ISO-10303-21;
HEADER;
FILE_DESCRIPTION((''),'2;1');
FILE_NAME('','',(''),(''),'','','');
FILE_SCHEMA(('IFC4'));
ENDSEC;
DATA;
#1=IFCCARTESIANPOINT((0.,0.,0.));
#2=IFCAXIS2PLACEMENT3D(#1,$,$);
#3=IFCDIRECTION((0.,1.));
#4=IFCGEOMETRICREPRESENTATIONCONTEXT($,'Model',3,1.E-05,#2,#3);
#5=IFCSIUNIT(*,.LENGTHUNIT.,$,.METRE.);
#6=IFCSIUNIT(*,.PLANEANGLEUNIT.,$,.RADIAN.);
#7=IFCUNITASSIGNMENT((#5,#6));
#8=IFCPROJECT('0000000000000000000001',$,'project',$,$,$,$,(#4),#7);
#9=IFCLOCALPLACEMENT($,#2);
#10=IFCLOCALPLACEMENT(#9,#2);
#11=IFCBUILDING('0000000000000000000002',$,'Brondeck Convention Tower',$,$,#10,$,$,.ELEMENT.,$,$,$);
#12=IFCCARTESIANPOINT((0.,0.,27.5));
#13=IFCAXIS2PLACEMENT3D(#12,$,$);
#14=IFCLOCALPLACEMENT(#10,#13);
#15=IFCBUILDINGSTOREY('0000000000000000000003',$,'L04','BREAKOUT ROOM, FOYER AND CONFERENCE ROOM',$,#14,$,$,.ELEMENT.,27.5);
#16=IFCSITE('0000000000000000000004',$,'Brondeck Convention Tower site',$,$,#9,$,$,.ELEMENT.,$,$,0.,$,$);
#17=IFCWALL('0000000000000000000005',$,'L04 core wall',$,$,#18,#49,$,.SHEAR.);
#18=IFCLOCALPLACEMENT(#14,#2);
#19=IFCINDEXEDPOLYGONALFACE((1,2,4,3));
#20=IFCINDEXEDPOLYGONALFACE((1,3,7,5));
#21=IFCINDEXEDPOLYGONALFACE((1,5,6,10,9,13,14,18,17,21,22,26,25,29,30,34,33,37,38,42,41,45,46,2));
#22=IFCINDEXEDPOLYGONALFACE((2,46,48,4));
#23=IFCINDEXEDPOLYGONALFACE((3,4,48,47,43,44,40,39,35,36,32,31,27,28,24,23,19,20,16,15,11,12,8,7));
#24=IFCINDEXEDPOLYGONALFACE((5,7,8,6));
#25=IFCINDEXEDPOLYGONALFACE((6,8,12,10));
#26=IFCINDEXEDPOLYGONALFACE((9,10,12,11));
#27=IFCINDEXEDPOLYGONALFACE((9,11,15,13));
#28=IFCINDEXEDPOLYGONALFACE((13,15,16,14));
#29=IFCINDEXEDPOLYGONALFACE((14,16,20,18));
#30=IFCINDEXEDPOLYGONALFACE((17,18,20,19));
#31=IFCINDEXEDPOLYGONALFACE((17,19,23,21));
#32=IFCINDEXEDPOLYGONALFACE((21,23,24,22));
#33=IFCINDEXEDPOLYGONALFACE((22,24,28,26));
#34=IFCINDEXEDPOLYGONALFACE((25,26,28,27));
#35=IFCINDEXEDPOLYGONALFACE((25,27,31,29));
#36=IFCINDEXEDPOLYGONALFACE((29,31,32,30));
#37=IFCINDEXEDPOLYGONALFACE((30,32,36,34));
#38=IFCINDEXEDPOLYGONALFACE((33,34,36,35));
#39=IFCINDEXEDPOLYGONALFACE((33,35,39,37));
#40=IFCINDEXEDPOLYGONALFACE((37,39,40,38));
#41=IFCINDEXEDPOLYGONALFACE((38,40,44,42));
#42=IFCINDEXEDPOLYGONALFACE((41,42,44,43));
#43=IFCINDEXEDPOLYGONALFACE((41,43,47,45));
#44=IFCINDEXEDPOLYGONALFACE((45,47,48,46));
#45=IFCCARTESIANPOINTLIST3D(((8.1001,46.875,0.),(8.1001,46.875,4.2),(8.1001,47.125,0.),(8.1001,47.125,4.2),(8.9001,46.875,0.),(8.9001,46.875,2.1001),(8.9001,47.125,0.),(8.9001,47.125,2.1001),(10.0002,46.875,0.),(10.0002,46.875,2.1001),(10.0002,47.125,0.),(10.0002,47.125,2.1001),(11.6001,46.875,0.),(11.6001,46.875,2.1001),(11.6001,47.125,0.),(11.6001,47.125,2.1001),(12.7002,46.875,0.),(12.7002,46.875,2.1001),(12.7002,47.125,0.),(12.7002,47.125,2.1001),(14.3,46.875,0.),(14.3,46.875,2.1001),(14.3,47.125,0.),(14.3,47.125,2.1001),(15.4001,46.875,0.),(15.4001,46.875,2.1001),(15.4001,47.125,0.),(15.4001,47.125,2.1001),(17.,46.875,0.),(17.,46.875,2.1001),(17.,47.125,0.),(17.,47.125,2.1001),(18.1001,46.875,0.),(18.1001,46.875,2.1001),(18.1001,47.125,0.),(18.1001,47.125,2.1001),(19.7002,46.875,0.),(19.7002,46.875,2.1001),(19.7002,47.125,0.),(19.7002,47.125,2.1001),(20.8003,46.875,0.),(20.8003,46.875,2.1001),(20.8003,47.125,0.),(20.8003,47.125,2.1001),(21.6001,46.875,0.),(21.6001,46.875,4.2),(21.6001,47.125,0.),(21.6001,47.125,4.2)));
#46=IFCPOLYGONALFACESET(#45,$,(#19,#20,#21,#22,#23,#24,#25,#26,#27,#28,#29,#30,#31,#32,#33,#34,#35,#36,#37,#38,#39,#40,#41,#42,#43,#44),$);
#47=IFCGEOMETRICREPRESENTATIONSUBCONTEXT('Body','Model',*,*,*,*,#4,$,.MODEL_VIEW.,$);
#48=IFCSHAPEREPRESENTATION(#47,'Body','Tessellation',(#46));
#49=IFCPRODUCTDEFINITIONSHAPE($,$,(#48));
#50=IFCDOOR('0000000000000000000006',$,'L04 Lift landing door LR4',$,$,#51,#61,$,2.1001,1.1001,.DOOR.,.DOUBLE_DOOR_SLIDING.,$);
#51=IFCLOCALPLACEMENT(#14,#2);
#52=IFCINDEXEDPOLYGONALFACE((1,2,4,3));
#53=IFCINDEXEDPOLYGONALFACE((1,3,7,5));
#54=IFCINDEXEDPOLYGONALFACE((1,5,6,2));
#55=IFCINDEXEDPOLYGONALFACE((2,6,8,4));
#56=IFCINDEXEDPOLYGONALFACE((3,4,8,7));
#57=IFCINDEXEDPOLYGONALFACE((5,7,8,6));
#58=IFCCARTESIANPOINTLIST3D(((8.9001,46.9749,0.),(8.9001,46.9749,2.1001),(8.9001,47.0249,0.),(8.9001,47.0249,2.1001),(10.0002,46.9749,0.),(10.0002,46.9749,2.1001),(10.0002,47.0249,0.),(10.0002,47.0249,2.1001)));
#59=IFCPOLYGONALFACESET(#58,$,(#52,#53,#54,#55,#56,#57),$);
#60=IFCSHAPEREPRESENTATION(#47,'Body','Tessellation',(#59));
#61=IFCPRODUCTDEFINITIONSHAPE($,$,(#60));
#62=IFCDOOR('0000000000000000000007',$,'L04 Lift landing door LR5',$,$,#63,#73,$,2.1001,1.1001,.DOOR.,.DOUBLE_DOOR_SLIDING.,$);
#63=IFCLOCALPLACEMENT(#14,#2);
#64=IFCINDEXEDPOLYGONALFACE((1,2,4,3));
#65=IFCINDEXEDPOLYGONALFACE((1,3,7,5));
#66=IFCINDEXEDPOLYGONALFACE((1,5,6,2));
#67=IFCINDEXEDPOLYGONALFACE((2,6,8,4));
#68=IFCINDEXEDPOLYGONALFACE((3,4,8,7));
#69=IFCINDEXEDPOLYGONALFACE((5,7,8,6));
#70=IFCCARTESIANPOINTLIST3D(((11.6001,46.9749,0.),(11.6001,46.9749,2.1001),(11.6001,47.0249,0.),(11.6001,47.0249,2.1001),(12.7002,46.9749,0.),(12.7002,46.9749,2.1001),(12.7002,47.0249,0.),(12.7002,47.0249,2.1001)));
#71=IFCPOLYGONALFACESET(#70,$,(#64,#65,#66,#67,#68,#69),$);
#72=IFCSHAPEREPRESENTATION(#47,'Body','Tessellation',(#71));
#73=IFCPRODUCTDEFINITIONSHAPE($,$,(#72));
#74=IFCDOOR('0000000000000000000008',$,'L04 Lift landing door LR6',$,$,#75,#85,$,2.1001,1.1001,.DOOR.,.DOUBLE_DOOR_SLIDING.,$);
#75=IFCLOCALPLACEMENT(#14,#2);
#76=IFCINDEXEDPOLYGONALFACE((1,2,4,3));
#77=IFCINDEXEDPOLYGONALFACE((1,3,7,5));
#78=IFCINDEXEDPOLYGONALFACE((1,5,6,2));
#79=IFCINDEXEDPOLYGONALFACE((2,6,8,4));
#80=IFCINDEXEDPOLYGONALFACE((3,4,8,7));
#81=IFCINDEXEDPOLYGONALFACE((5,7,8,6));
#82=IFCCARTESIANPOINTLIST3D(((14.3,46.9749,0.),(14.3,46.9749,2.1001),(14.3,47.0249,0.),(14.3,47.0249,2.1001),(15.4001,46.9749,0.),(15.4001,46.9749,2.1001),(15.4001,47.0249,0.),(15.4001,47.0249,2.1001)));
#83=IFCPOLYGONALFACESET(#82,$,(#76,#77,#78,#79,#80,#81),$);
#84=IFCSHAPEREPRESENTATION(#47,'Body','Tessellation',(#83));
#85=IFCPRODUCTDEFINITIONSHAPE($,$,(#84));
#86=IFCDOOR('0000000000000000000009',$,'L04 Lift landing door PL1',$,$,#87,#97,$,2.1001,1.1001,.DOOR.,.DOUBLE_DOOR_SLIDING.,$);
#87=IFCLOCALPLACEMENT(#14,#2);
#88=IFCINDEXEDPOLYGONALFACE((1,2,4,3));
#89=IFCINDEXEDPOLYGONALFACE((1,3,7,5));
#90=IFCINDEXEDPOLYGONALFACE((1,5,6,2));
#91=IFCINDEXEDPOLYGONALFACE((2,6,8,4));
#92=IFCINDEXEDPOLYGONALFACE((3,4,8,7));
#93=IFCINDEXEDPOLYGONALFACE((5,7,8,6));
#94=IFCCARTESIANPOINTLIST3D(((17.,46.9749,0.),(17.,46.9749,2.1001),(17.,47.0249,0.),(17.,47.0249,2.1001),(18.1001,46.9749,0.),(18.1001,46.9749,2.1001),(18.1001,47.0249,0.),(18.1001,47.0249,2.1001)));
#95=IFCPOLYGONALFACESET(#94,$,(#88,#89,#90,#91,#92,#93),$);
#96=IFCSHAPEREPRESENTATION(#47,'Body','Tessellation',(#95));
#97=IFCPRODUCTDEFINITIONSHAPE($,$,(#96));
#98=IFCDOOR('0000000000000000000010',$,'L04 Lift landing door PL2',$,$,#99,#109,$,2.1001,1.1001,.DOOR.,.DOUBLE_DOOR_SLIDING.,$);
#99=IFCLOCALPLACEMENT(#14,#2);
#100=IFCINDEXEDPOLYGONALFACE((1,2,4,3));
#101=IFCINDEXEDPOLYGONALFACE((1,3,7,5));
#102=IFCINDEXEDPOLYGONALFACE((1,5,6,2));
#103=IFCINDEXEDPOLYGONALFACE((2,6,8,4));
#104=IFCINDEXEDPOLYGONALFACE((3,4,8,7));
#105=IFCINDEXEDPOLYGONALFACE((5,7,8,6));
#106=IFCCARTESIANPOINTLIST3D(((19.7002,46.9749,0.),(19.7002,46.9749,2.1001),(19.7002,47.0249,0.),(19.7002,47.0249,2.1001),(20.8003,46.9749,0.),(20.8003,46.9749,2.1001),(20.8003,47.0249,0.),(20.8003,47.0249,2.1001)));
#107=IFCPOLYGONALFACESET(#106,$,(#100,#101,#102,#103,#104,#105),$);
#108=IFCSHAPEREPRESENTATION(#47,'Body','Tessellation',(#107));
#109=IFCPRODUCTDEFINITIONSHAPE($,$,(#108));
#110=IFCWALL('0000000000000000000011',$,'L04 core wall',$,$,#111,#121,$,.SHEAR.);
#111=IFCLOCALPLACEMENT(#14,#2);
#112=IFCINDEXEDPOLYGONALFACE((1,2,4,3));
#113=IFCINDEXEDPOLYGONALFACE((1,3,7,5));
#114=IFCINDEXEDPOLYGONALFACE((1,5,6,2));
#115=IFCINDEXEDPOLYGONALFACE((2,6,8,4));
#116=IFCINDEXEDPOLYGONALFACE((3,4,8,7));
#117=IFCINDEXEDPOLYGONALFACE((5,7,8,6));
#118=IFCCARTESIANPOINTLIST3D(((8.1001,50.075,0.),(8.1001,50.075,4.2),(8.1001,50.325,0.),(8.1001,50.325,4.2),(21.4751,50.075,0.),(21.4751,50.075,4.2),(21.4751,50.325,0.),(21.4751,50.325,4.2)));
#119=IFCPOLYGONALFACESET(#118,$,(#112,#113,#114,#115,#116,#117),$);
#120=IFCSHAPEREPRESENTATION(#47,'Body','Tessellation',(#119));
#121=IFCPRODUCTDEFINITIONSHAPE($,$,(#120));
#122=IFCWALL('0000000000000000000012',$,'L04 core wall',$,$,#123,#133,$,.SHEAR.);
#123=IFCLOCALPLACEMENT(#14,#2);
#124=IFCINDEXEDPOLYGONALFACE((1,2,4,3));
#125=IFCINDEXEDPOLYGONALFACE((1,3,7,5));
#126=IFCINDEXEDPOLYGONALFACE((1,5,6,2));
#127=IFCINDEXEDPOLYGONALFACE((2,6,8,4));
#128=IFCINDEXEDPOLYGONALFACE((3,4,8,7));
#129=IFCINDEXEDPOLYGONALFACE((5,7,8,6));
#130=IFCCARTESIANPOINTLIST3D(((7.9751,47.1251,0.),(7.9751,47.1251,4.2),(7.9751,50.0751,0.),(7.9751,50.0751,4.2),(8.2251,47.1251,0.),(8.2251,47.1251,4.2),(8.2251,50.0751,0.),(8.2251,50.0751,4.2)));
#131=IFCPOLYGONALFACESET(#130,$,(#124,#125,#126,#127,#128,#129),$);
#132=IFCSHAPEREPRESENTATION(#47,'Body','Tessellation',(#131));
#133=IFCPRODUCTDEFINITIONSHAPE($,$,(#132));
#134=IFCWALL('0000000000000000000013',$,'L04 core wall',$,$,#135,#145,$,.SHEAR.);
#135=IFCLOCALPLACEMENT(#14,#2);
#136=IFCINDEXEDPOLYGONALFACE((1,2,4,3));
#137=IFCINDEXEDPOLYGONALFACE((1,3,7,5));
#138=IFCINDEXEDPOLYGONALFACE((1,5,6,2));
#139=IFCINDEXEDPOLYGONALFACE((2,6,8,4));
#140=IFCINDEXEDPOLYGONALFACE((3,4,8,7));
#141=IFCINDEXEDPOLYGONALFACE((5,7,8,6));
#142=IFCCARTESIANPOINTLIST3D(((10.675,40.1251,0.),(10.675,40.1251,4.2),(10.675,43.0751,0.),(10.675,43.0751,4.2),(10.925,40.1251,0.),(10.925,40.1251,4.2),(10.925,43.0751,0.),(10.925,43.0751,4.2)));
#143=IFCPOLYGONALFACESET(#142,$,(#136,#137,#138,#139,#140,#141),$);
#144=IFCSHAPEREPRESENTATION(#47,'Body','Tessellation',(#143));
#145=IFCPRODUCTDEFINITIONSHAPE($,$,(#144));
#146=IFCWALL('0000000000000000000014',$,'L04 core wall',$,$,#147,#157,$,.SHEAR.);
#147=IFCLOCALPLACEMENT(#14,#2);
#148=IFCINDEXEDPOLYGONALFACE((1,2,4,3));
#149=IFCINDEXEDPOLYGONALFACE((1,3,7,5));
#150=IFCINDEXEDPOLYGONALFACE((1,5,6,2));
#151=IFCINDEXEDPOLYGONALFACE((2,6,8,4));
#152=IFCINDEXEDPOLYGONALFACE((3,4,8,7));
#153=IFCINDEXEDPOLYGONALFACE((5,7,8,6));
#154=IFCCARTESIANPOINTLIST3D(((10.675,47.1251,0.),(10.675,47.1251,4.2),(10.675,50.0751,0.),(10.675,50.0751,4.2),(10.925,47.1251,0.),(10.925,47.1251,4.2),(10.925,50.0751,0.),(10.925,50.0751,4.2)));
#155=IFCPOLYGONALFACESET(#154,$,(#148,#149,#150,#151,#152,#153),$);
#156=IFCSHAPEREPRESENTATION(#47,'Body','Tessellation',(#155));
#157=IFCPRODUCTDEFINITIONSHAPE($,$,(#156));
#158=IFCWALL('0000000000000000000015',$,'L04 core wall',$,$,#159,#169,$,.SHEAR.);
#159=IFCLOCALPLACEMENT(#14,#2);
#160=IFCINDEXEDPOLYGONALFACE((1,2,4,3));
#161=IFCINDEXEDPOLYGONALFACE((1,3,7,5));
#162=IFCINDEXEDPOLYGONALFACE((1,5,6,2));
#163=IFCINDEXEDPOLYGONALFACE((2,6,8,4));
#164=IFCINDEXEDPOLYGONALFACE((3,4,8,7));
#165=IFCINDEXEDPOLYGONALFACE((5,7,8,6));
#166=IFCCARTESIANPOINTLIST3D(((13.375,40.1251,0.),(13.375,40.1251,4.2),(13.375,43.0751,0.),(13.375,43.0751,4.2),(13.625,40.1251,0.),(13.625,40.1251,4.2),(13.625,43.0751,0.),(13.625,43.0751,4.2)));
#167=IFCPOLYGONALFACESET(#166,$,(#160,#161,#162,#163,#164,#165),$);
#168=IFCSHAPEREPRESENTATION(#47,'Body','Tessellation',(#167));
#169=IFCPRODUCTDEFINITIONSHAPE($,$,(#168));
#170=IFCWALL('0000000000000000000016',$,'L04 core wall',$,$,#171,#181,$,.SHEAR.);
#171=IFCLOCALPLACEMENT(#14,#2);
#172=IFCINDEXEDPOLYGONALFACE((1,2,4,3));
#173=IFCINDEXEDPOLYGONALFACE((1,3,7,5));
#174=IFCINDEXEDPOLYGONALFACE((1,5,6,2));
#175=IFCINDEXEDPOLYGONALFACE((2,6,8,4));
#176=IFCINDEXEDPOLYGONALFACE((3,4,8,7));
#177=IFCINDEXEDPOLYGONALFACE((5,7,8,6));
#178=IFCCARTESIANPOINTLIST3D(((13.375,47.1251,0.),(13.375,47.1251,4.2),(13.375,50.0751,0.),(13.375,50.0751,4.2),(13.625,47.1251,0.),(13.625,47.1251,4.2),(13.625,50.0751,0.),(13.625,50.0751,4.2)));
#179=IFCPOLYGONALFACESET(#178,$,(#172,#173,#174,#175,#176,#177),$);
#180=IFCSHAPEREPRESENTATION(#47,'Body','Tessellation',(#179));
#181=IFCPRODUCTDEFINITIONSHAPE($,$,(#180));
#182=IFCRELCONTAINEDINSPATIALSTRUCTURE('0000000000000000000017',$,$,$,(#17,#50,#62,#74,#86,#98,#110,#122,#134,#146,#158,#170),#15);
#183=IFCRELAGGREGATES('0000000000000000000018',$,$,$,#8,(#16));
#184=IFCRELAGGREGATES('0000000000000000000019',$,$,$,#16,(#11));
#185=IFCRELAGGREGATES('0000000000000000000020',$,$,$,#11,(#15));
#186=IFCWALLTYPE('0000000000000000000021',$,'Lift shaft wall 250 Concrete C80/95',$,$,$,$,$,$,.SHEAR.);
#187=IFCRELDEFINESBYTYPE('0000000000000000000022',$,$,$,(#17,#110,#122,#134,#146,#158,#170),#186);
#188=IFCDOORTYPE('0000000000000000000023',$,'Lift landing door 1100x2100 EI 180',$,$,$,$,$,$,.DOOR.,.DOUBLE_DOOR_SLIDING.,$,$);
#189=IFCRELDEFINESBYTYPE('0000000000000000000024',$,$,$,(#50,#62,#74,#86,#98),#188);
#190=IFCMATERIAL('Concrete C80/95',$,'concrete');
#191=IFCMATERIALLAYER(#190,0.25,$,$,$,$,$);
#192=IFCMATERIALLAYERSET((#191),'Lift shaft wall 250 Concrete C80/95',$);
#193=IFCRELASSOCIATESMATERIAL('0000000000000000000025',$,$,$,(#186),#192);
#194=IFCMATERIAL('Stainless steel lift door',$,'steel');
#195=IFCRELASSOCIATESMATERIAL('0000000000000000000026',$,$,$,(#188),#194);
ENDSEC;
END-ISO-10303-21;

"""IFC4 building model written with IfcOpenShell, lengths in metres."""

from ifc_helpers import new_model, si_unit, direction, frame, frame_2d, origin, place, context, subcontext, project, spatial, rectangle, extrude, material, layer, layer_set, type_object, element, fill, save


model = new_model("IFC4")

# Units and contexts
model_context = context("Model", 3, precision=1e-05, world=origin(), true_north=direction((0.0, 1.0)))
body_context = subcontext(model_context, "Body", "Model", "MODEL_VIEW")
ifc_project = project(units=[si_unit("LENGTHUNIT", "METRE"), si_unit("PLANEANGLEUNIT", "RADIAN")], contexts=[model_context])

# Site, building, storey
site_placement = place(None, origin())
site = spatial("IfcSite", under=ifc_project, at=site_placement, Name="Brondeck Convention Tower site", CompositionType="ELEMENT", RefElevation=0.0)
building_placement = place(site_placement, origin())
building = spatial("IfcBuilding", under=site, at=building_placement, Name="Brondeck Convention Tower", CompositionType="ELEMENT")
storey_placement = place(building_placement, frame((0.0, 0.0, 27.5)))
storey = spatial("IfcBuildingStorey", under=building, at=storey_placement, Name="L04", Description="BREAKOUT ROOM, FOYER AND CONFERENCE ROOM", CompositionType="ELEMENT", Elevation=27.5)

# Wall, openings, doors
ifc_material_1 = material(Name="Concrete C80/95", Category="concrete")
ifc_layer_1 = layer(ifc_material_1, 0.25)
ifc_layer_set_1 = layer_set([ifc_layer_1], Name="Lift shaft wall 250 Concrete C80/95")
wall_type_1 = type_object("IfcWallType", Name="Lift shaft wall 250 Concrete C80/95", PredefinedType="SHEAR", material=ifc_layer_set_1)
ifc_material_2 = material(Name="Stainless steel lift door", Category="steel")
door_type_1 = type_object("IfcDoorType", Name="Lift landing door 1100x2100 EI 180", OperationType="DOUBLE_DOOR_SLIDING", PredefinedType="DOOR", material=ifc_material_2)
wall_1_placement = place(storey_placement, frame((8.1001, 47.0, 0.0), z_axis=(0.0, 0.0, 1.0), x_axis=(1.0, 0.0, 0.0)))
wall_1 = element("IfcWall", 1, at=wall_1_placement, inside=storey, type_object=wall_type_1, Name="L04 core wall", PredefinedType="SHEAR", context=body_context, shape_type="SweptSolid", body=[
    extrude(rectangle(XDim=13.5, YDim=0.25, at=frame_2d((6.75, 0.0))), origin(), (0.0, 0.0, 1.0), 4.2),
])
opening_1_placement = place(wall_1_placement, frame((0.8, 0.0, 0.0)))
opening_1 = element("IfcOpeningElement", 2, at=opening_1_placement, cuts=wall_1, PredefinedType="OPENING", context=body_context, shape_type="SweptSolid", body=[
    extrude(rectangle(XDim=1.1001, YDim=2.1001, at=frame_2d((0.55, 1.05))), frame((0.0, 0.135, 0.0), z_axis=(0.0, -1.0, 0.0), x_axis=(1.0, 0.0, 0.0)), (0.0, 0.0, 1.0), 0.27),
])
opening_2_placement = place(wall_1_placement, frame((3.5, 0.0, 0.0)))
opening_2 = element("IfcOpeningElement", 3, at=opening_2_placement, cuts=wall_1, PredefinedType="OPENING", context=body_context, shape_type="SweptSolid", body=[
    extrude(rectangle(XDim=1.1001, YDim=2.1001, at=frame_2d((0.55, 1.05))), frame((0.0, 0.135, 0.0), z_axis=(0.0, -1.0, 0.0), x_axis=(1.0, 0.0, 0.0)), (0.0, 0.0, 1.0), 0.27),
])
opening_3_placement = place(wall_1_placement, frame((6.2, 0.0, 0.0)))
opening_3 = element("IfcOpeningElement", 4, at=opening_3_placement, cuts=wall_1, PredefinedType="OPENING", context=body_context, shape_type="SweptSolid", body=[
    extrude(rectangle(XDim=1.1001, YDim=2.1001, at=frame_2d((0.55, 1.05))), frame((0.0, 0.135, 0.0), z_axis=(0.0, -1.0, 0.0), x_axis=(1.0, 0.0, 0.0)), (0.0, 0.0, 1.0), 0.27),
])
opening_4_placement = place(wall_1_placement, frame((8.8999, 0.0, 0.0)))
opening_4 = element("IfcOpeningElement", 5, at=opening_4_placement, cuts=wall_1, PredefinedType="OPENING", context=body_context, shape_type="SweptSolid", body=[
    extrude(rectangle(XDim=1.1001, YDim=2.1001, at=frame_2d((0.55, 1.05))), frame((0.0, 0.135, 0.0), z_axis=(0.0, -1.0, 0.0), x_axis=(1.0, 0.0, 0.0)), (0.0, 0.0, 1.0), 0.27),
])
opening_5_placement = place(wall_1_placement, frame((11.6001, 0.0, 0.0)))
opening_5 = element("IfcOpeningElement", 6, at=opening_5_placement, cuts=wall_1, PredefinedType="OPENING", context=body_context, shape_type="SweptSolid", body=[
    extrude(rectangle(XDim=1.1001, YDim=2.1001, at=frame_2d((0.55, 1.05))), frame((0.0, 0.135, 0.0), z_axis=(0.0, -1.0, 0.0), x_axis=(1.0, 0.0, 0.0)), (0.0, 0.0, 1.0), 0.27),
])
door_1_placement = place(opening_1_placement, origin())
door_1 = element("IfcDoor", 7, at=door_1_placement, inside=storey, type_object=door_type_1, Name="L04 Lift landing door LR4", OperationType="DOUBLE_DOOR_SLIDING", OverallHeight=2.1001, OverallWidth=1.1001, PredefinedType="DOOR", context=body_context, shape_type="SweptSolid", body=[
    extrude(rectangle(XDim=1.1001, YDim=2.1001, at=frame_2d((0.55, 1.05))), frame((0.0, 0.0249, 0.0), z_axis=(0.0, -1.0, 0.0), x_axis=(1.0, 0.0, 0.0)), (0.0, 0.0, 1.0), 0.05),
])
fill(opening_1, door_1)
door_2_placement = place(opening_2_placement, origin())
door_2 = element("IfcDoor", 8, at=door_2_placement, inside=storey, type_object=door_type_1, Name="L04 Lift landing door LR5", OperationType="DOUBLE_DOOR_SLIDING", OverallHeight=2.1001, OverallWidth=1.1001, PredefinedType="DOOR", context=body_context, shape_type="SweptSolid", body=[
    extrude(rectangle(XDim=1.1001, YDim=2.1001, at=frame_2d((0.55, 1.05))), frame((0.0, 0.0249, 0.0), z_axis=(0.0, -1.0, 0.0), x_axis=(1.0, 0.0, 0.0)), (0.0, 0.0, 1.0), 0.05),
])
fill(opening_2, door_2)
door_3_placement = place(opening_3_placement, origin())
door_3 = element("IfcDoor", 9, at=door_3_placement, inside=storey, type_object=door_type_1, Name="L04 Lift landing door LR6", OperationType="DOUBLE_DOOR_SLIDING", OverallHeight=2.1001, OverallWidth=1.1001, PredefinedType="DOOR", context=body_context, shape_type="SweptSolid", body=[
    extrude(rectangle(XDim=1.1001, YDim=2.1001, at=frame_2d((0.55, 1.05))), frame((0.0, 0.0249, 0.0), z_axis=(0.0, -1.0, 0.0), x_axis=(1.0, 0.0, 0.0)), (0.0, 0.0, 1.0), 0.05),
])
fill(opening_3, door_3)
door_4_placement = place(opening_4_placement, origin())
door_4 = element("IfcDoor", 10, at=door_4_placement, inside=storey, type_object=door_type_1, Name="L04 Lift landing door PL1", OperationType="DOUBLE_DOOR_SLIDING", OverallHeight=2.1001, OverallWidth=1.1001, PredefinedType="DOOR", context=body_context, shape_type="SweptSolid", body=[
    extrude(rectangle(XDim=1.1001, YDim=2.1001, at=frame_2d((0.55, 1.05))), frame((0.0, 0.0249, 0.0), z_axis=(0.0, -1.0, 0.0), x_axis=(1.0, 0.0, 0.0)), (0.0, 0.0, 1.0), 0.05),
])
fill(opening_4, door_4)
door_5_placement = place(opening_5_placement, origin())
door_5 = element("IfcDoor", 11, at=door_5_placement, inside=storey, type_object=door_type_1, Name="L04 Lift landing door PL2", OperationType="DOUBLE_DOOR_SLIDING", OverallHeight=2.1001, OverallWidth=1.1001, PredefinedType="DOOR", context=body_context, shape_type="SweptSolid", body=[
    extrude(rectangle(XDim=1.1001, YDim=2.1001, at=frame_2d((0.55, 1.05))), frame((0.0, 0.0249, 0.0), z_axis=(0.0, -1.0, 0.0), x_axis=(1.0, 0.0, 0.0)), (0.0, 0.0, 1.0), 0.05),
])
fill(opening_5, door_5)

# Walls
wall_2_placement = place(storey_placement, frame((8.1001, 50.2, 0.0), z_axis=(0.0, 0.0, 1.0), x_axis=(1.0, 0.0, 0.0)))
element("IfcWall", 12, at=wall_2_placement, inside=storey, type_object=wall_type_1, Name="L04 core wall", PredefinedType="SHEAR", context=body_context, shape_type="SweptSolid", body=[
    extrude(rectangle(XDim=13.375, YDim=0.25, at=frame_2d((6.6875, 0.0))), origin(), (0.0, 0.0, 1.0), 4.2),
])
for number, where, z_axis, x_axis, name in (
    (13, (8.1001, 47.125, 0.0), (0.0, 0.0, 1.0), (0.0, 1.0, 0.0), "L04 core wall"),
    (14, (10.8, 40.125, 0.0), (0.0, 0.0, 1.0), (0.0, 1.0, 0.0), "L04 core wall"),
    (15, (10.8, 47.125, 0.0), (0.0, 0.0, 1.0), (0.0, 1.0, 0.0), "L04 core wall"),
    (16, (13.5, 40.125, 0.0), (0.0, 0.0, 1.0), (0.0, 1.0, 0.0), "L04 core wall"),
    (17, (13.5, 47.125, 0.0), (0.0, 0.0, 1.0), (0.0, 1.0, 0.0), "L04 core wall"),
):
    element("IfcWall", number, at=place(storey_placement, frame(where, z_axis=z_axis, x_axis=x_axis)), inside=storey, type_object=wall_type_1, Name=name, PredefinedType="SHEAR", context=body_context, shape_type="SweptSolid", body=[
        extrude(rectangle(XDim=2.95, YDim=0.25, at=frame_2d((1.4751, 0.0))), origin(), (0.0, 0.0, 1.0), 4.2),
    ])

save(model, "model.ifc")
